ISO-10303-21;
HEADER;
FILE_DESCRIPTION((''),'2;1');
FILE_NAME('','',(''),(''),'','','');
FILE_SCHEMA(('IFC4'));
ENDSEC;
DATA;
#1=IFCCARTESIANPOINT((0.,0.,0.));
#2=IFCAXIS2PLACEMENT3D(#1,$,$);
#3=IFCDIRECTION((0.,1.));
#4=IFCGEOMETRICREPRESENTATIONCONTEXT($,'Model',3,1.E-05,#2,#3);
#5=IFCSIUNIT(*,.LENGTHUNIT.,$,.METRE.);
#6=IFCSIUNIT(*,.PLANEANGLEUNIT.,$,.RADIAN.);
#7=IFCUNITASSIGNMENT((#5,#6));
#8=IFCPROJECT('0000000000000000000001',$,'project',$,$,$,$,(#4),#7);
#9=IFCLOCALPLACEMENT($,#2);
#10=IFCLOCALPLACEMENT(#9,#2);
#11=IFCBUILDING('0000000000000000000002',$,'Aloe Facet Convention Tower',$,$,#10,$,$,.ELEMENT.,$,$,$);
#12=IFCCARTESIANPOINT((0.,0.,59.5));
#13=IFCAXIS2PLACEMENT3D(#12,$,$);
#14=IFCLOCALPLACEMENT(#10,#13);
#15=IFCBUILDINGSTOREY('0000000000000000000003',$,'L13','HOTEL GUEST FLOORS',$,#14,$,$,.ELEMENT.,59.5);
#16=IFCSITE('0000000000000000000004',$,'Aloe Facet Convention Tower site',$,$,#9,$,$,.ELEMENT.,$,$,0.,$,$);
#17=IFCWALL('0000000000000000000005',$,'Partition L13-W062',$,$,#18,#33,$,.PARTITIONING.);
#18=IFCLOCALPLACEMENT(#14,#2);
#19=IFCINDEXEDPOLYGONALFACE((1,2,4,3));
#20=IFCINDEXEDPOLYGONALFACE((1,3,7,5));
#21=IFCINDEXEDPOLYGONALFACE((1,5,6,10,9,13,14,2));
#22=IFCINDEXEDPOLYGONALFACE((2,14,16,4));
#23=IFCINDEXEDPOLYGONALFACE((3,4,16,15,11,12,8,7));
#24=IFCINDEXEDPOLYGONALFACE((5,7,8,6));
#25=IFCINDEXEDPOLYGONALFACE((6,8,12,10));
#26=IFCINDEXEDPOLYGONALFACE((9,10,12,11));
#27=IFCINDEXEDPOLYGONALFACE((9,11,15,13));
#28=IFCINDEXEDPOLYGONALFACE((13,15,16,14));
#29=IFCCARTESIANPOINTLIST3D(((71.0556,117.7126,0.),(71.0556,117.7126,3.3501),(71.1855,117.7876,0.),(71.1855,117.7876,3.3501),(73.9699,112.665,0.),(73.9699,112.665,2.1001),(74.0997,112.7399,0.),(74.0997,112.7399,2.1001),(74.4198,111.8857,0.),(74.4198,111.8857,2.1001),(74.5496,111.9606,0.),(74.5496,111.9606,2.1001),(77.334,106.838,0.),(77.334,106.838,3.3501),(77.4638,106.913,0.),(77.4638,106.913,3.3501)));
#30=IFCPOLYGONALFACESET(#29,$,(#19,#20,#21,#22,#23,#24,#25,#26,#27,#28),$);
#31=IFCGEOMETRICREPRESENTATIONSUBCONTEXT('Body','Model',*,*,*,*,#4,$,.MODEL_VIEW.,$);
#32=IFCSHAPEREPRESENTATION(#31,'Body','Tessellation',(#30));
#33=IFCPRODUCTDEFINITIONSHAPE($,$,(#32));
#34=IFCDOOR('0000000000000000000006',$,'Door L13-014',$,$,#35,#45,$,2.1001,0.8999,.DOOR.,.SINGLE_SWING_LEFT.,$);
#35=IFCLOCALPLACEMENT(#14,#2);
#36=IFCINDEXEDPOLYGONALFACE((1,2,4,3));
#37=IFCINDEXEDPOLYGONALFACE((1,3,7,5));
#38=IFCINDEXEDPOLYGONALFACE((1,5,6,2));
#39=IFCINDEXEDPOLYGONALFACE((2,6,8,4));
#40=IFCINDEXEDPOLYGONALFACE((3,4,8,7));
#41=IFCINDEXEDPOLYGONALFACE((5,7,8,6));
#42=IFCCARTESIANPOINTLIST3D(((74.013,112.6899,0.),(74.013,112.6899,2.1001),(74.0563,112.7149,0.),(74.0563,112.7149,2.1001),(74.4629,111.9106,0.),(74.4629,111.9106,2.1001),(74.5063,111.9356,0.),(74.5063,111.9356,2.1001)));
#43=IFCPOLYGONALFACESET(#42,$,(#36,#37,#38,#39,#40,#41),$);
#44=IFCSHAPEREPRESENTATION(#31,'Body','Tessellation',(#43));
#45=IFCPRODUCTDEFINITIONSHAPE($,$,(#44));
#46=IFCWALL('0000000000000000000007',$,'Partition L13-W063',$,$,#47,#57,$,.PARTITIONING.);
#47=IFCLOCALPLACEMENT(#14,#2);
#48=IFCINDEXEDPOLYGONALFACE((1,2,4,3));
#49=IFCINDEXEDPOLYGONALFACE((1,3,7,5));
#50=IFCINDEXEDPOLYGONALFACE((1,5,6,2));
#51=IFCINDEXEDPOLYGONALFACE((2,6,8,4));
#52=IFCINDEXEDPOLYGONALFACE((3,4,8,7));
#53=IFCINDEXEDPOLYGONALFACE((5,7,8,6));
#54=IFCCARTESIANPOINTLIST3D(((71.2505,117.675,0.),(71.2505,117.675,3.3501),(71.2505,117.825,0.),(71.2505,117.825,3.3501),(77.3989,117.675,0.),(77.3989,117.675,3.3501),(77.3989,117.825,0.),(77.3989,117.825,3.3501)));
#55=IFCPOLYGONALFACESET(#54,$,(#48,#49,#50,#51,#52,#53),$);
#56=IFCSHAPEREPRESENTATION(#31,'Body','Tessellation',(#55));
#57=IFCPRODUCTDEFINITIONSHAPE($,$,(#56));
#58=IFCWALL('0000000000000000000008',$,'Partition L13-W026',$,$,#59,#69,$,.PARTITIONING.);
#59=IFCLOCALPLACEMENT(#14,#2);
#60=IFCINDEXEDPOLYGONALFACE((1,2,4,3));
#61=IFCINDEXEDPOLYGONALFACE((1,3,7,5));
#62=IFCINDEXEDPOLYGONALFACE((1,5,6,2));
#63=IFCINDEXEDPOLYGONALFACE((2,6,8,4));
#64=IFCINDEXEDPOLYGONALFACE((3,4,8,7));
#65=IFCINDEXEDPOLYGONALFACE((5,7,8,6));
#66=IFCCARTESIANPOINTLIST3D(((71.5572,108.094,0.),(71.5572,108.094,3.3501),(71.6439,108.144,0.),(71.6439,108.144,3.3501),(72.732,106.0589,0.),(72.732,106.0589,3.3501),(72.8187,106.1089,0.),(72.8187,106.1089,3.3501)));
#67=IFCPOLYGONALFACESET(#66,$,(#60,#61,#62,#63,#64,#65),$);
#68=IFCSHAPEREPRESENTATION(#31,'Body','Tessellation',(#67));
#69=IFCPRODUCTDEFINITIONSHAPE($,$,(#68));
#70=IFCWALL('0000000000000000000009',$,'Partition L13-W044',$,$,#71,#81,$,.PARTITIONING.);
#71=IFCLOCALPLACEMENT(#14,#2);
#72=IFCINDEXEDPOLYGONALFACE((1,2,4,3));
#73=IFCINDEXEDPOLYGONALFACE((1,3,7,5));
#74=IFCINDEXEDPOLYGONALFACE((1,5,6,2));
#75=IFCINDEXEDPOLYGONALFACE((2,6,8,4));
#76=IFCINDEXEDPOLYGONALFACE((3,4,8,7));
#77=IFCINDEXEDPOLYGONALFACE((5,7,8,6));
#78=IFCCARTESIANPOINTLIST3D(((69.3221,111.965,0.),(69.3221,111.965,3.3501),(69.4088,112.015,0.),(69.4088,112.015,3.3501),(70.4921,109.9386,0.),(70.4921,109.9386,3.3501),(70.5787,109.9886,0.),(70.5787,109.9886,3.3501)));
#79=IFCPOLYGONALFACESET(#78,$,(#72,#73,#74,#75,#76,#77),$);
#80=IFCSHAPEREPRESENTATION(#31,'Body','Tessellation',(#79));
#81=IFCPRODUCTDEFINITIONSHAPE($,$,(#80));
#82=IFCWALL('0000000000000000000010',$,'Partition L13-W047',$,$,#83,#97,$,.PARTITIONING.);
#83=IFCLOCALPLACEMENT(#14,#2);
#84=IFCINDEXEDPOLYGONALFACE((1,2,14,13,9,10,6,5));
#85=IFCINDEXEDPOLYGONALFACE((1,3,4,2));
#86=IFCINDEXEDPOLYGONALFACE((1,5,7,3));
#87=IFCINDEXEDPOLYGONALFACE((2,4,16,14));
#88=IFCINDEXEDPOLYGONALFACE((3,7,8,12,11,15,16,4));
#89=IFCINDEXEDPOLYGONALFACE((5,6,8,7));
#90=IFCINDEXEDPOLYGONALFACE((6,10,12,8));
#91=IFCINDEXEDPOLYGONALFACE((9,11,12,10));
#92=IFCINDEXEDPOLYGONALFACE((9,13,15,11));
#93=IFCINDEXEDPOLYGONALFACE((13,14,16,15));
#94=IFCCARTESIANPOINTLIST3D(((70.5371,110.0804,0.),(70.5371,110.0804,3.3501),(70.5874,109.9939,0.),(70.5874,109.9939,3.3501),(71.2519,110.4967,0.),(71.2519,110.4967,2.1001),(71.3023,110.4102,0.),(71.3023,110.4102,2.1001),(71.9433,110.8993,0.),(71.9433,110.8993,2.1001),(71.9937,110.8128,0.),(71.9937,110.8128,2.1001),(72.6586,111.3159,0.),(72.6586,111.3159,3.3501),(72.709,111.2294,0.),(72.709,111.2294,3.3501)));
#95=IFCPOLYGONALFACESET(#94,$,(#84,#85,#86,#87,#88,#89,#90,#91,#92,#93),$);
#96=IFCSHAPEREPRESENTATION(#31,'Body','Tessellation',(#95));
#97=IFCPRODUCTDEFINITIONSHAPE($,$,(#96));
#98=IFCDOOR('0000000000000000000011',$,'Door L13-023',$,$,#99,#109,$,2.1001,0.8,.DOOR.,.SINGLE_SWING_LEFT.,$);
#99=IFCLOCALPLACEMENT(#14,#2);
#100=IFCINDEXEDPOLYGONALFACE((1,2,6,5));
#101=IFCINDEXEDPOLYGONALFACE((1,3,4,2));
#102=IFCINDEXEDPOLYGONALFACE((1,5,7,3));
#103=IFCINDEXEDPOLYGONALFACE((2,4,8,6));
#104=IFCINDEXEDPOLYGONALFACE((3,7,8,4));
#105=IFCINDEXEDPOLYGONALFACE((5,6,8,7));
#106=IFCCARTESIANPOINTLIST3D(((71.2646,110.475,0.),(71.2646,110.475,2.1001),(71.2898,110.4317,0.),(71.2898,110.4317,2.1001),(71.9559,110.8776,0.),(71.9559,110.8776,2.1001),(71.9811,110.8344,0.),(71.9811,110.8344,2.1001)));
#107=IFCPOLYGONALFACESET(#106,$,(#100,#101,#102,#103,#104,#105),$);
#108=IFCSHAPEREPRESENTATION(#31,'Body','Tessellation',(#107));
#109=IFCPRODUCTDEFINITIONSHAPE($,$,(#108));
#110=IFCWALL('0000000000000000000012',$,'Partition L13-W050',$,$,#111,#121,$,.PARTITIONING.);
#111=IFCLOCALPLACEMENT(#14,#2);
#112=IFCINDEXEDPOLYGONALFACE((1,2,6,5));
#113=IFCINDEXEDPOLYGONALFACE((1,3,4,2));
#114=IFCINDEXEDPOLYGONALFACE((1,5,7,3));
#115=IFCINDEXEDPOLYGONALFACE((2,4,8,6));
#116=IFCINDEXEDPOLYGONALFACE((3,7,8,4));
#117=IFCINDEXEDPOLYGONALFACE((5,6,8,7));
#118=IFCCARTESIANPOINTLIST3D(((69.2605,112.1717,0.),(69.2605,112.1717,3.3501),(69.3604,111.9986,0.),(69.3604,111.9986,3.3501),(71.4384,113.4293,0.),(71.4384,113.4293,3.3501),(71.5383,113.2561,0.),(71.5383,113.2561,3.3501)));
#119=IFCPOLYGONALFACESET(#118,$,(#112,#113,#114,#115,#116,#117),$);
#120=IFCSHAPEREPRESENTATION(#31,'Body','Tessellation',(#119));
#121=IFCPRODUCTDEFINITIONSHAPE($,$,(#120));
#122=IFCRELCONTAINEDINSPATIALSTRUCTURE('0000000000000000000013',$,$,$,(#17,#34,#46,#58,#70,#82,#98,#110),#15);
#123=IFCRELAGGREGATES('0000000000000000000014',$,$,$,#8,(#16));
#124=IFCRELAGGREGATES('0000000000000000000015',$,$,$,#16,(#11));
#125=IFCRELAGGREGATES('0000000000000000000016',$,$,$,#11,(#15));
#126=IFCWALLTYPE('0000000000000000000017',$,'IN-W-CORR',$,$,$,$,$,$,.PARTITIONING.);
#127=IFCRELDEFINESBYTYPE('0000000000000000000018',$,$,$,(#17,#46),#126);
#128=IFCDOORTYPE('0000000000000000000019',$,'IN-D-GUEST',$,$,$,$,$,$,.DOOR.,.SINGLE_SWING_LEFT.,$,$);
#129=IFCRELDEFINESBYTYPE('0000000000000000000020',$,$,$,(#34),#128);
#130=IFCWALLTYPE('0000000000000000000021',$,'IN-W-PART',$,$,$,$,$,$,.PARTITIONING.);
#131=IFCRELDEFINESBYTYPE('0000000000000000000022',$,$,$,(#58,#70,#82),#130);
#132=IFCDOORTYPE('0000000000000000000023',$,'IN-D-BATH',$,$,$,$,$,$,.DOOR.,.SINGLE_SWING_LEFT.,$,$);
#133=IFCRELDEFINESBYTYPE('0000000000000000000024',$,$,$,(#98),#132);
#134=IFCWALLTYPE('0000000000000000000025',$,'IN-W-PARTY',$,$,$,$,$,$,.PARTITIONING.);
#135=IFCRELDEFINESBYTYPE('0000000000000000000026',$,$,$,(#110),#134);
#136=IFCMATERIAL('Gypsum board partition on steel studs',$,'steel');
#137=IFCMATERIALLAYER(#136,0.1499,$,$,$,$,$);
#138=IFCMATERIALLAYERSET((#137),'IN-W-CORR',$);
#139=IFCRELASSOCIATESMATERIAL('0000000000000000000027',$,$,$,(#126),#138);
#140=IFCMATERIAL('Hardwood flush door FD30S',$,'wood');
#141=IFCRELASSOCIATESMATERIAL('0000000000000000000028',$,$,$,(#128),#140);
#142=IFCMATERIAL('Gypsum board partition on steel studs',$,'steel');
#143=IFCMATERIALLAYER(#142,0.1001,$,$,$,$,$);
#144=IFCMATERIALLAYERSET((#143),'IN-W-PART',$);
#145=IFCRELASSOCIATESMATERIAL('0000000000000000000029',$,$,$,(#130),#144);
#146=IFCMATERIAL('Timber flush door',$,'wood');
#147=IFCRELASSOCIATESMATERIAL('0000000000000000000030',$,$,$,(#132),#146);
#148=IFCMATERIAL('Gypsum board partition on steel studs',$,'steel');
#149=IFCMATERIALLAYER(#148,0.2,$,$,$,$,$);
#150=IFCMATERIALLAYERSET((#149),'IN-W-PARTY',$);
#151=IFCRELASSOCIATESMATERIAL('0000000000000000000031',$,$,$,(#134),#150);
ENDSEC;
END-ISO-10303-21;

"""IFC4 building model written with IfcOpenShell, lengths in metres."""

from ifc_helpers import new_model, si_unit, direction, frame, frame_2d, origin, place, context, subcontext, project, spatial, rectangle, extrude, material, layer, layer_set, type_object, element, fill, save


model = new_model("IFC4")

# Units and contexts
model_context = context("Model", 3, precision=1e-05, world=origin(), true_north=direction((0.0, 1.0)))
body_context = subcontext(model_context, "Body", "Model", "MODEL_VIEW")
ifc_project = project(units=[si_unit("LENGTHUNIT", "METRE"), si_unit("PLANEANGLEUNIT", "RADIAN")], contexts=[model_context])

# Site, building, storey
site_placement = place(None, origin())
site = spatial("IfcSite", under=ifc_project, at=site_placement, Name="Aloe Facet Convention Tower site", CompositionType="ELEMENT", RefElevation=0.0)
building_placement = place(site_placement, origin())
building = spatial("IfcBuilding", under=site, at=building_placement, Name="Aloe Facet Convention Tower", CompositionType="ELEMENT")
storey_placement = place(building_placement, frame((0.0, 0.0, 59.5)))
storey = spatial("IfcBuildingStorey", under=building, at=storey_placement, Name="L13", Description="HOTEL GUEST FLOORS", CompositionType="ELEMENT", Elevation=59.5)

# Shared definitions
ifc_material_1 = material(Name="Gypsum board partition on steel studs", Category="steel")
ifc_layer_1 = layer(ifc_material_1, 0.1499)
ifc_layer_set_1 = layer_set([ifc_layer_1], Name="IN-W-CORR")
wall_type_1 = type_object("IfcWallType", Name="IN-W-CORR", PredefinedType="PARTITIONING", material=ifc_layer_set_1)

# Shared definitions
ifc_material_2 = material(Name="Hardwood flush door FD30S", Category="wood")
door_type_1 = type_object("IfcDoorType", Name="IN-D-GUEST", OperationType="SINGLE_SWING_LEFT", PredefinedType="DOOR", material=ifc_material_2)

# Wall, opening, door
wall_1_placement = place(storey_placement, frame((71.1206, 117.75, 0.0), z_axis=(0.0, 0.0, 1.0), x_axis=(0.499995, -0.866028, 0.0)))
wall_1 = element("IfcWall", 1, at=wall_1_placement, inside=storey, type_object=wall_type_1, Name="Partition L13-W062", PredefinedType="PARTITIONING", context=body_context, shape_type="SweptSolid", body=[
    extrude(rectangle(XDim=12.5569, YDim=0.1499, at=frame_2d((6.2783, 0.0))), origin(), (0.0, 0.0, 1.0), 3.3501),
])
opening_1_placement = place(wall_1_placement, frame((5.8284, 0.0, 0.0)))
opening_1 = element("IfcOpeningElement", 2, at=opening_1_placement, cuts=wall_1, PredefinedType="OPENING", context=body_context, shape_type="SweptSolid", body=[
    extrude(rectangle(XDim=0.8999, YDim=2.1001, at=frame_2d((0.45, 1.05))), frame((0.0, 0.085, 0.0), z_axis=(0.0, -1.0, 0.0), x_axis=(1.0, 0.0, 0.0)), (0.0, 0.0, 1.0), 0.1699),
])
door_1_placement = place(opening_1_placement, origin())
door_1 = element("IfcDoor", 3, at=door_1_placement, inside=storey, type_object=door_type_1, Name="Door L13-014", OperationType="SINGLE_SWING_LEFT", OverallHeight=2.1001, OverallWidth=0.8999, PredefinedType="DOOR", context=body_context, shape_type="SweptSolid", body=[
    extrude(rectangle(XDim=0.8999, YDim=2.1001, at=frame_2d((0.45, 1.05))), frame((0.0, 0.0249, 0.0), z_axis=(0.0, -1.0, 0.0), x_axis=(1.0, 0.0, 0.0)), (0.0, 0.0, 1.0), 0.05),
])
fill(opening_1, door_1)

# Walls
wall_2_placement = place(storey_placement, frame((71.2505, 117.75, 0.0), z_axis=(0.0, 0.0, 1.0), x_axis=(1.0, 0.0, 0.0)))
element("IfcWall", 4, at=wall_2_placement, inside=storey, type_object=wall_type_1, Name="Partition L13-W063", PredefinedType="PARTITIONING", context=body_context, shape_type="SweptSolid", body=[
    extrude(rectangle(XDim=6.1484, YDim=0.1499, at=frame_2d((3.0742, 0.0))), origin(), (0.0, 0.0, 1.0), 3.3501),
])
ifc_material_3 = material(Name="Gypsum board partition on steel studs", Category="steel")
ifc_layer_2 = layer(ifc_material_3, 0.1001)
ifc_layer_set_2 = layer_set([ifc_layer_2], Name="IN-W-PART")
wall_type_2 = type_object("IfcWallType", Name="IN-W-PART", PredefinedType="PARTITIONING", material=ifc_layer_set_2)
wall_3_placement = place(storey_placement, frame((71.6006, 108.1189, 0.0), z_axis=(0.0, 0.0, 1.0), x_axis=(0.499938, -0.866061, 0.0)))
element("IfcWall", 5, at=wall_3_placement, inside=storey, type_object=wall_type_2, Name="Partition L13-W026", PredefinedType="PARTITIONING", context=body_context, shape_type="SweptSolid", body=[
    extrude(rectangle(XDim=2.3499, YDim=0.1001, at=frame_2d((1.1748, 0.0))), origin(), (0.0, 0.0, 1.0), 3.3501),
])
wall_4_placement = place(storey_placement, frame((69.3655, 111.99, 0.0), z_axis=(0.0, 0.0, 1.0), x_axis=(0.499999, -0.866026, 0.0)))
element("IfcWall", 6, at=wall_4_placement, inside=storey, type_object=wall_type_2, Name="Partition L13-W044", PredefinedType="PARTITIONING", context=body_context, shape_type="SweptSolid", body=[
    extrude(rectangle(XDim=2.3398, YDim=0.1001, at=frame_2d((1.1699, 0.0))), origin(), (0.0, 0.0, 1.0), 3.3501),
])

# Wall, opening, door
wall_5_placement = place(storey_placement, frame((70.5623, 110.0371, 0.0), z_axis=(0.0, 0.0, 1.0), x_axis=(0.864132, 0.503265, 0.0)))
wall_5 = element("IfcWall", 7, at=wall_5_placement, inside=storey, type_object=wall_type_2, Name="Partition L13-W047", PredefinedType="PARTITIONING", context=body_context, shape_type="SweptSolid", body=[
    extrude(rectangle(XDim=2.4551, YDim=0.1001, at=frame_2d((1.2275, 0.0))), origin(), (0.0, 0.0, 1.0), 3.3501),
])
opening_2_placement = place(wall_5_placement, frame((0.8274, 0.0, 0.0)))
opening_2 = element("IfcOpeningElement", 8, at=opening_2_placement, cuts=wall_5, PredefinedType="OPENING", context=body_context, shape_type="SweptSolid", body=[
    extrude(rectangle(XDim=0.8, YDim=2.1001, at=frame_2d((0.3999, 1.05))), frame((0.0, 0.0601, 0.0), z_axis=(0.0, -1.0, 0.0), x_axis=(1.0, 0.0, 0.0)), (0.0, 0.0, 1.0), 0.1201),
])
ifc_material_4 = material(Name="Timber flush door", Category="wood")
door_type_2 = type_object("IfcDoorType", Name="IN-D-BATH", OperationType="SINGLE_SWING_LEFT", PredefinedType="DOOR", material=ifc_material_4)
door_2_placement = place(opening_2_placement, origin())
door_2 = element("IfcDoor", 9, at=door_2_placement, inside=storey, type_object=door_type_2, Name="Door L13-023", OperationType="SINGLE_SWING_LEFT", OverallHeight=2.1001, OverallWidth=0.8, PredefinedType="DOOR", context=body_context, shape_type="SweptSolid", body=[
    extrude(rectangle(XDim=0.8, YDim=2.1001, at=frame_2d((0.3999, 1.05))), frame((0.0, 0.0249, 0.0), z_axis=(0.0, -1.0, 0.0), x_axis=(1.0, 0.0, 0.0)), (0.0, 0.0, 1.0), 0.05),
])
fill(opening_2, door_2)

# Wall
ifc_material_5 = material(Name="Gypsum board partition on steel studs", Category="steel")
ifc_layer_3 = layer(ifc_material_5, 0.2)
ifc_layer_set_3 = layer_set([ifc_layer_3], Name="IN-W-PARTY")
wall_type_3 = type_object("IfcWallType", Name="IN-W-PARTY", PredefinedType="PARTITIONING", material=ifc_layer_set_3)
wall_6_placement = place(storey_placement, frame((69.3105, 112.0852, 0.0), z_axis=(0.0, 0.0, 1.0), x_axis=(0.866006, 0.500033, 0.0)))
element("IfcWall", 10, at=wall_6_placement, inside=storey, type_object=wall_type_3, Name="Partition L13-W050", PredefinedType="PARTITIONING", context=body_context, shape_type="SweptSolid", body=[
    extrude(rectangle(XDim=2.5149, YDim=0.2, at=frame_2d((1.2573, 0.0))), origin(), (0.0, 0.0, 1.0), 3.3501),
])

save(model, "model.ifc")
